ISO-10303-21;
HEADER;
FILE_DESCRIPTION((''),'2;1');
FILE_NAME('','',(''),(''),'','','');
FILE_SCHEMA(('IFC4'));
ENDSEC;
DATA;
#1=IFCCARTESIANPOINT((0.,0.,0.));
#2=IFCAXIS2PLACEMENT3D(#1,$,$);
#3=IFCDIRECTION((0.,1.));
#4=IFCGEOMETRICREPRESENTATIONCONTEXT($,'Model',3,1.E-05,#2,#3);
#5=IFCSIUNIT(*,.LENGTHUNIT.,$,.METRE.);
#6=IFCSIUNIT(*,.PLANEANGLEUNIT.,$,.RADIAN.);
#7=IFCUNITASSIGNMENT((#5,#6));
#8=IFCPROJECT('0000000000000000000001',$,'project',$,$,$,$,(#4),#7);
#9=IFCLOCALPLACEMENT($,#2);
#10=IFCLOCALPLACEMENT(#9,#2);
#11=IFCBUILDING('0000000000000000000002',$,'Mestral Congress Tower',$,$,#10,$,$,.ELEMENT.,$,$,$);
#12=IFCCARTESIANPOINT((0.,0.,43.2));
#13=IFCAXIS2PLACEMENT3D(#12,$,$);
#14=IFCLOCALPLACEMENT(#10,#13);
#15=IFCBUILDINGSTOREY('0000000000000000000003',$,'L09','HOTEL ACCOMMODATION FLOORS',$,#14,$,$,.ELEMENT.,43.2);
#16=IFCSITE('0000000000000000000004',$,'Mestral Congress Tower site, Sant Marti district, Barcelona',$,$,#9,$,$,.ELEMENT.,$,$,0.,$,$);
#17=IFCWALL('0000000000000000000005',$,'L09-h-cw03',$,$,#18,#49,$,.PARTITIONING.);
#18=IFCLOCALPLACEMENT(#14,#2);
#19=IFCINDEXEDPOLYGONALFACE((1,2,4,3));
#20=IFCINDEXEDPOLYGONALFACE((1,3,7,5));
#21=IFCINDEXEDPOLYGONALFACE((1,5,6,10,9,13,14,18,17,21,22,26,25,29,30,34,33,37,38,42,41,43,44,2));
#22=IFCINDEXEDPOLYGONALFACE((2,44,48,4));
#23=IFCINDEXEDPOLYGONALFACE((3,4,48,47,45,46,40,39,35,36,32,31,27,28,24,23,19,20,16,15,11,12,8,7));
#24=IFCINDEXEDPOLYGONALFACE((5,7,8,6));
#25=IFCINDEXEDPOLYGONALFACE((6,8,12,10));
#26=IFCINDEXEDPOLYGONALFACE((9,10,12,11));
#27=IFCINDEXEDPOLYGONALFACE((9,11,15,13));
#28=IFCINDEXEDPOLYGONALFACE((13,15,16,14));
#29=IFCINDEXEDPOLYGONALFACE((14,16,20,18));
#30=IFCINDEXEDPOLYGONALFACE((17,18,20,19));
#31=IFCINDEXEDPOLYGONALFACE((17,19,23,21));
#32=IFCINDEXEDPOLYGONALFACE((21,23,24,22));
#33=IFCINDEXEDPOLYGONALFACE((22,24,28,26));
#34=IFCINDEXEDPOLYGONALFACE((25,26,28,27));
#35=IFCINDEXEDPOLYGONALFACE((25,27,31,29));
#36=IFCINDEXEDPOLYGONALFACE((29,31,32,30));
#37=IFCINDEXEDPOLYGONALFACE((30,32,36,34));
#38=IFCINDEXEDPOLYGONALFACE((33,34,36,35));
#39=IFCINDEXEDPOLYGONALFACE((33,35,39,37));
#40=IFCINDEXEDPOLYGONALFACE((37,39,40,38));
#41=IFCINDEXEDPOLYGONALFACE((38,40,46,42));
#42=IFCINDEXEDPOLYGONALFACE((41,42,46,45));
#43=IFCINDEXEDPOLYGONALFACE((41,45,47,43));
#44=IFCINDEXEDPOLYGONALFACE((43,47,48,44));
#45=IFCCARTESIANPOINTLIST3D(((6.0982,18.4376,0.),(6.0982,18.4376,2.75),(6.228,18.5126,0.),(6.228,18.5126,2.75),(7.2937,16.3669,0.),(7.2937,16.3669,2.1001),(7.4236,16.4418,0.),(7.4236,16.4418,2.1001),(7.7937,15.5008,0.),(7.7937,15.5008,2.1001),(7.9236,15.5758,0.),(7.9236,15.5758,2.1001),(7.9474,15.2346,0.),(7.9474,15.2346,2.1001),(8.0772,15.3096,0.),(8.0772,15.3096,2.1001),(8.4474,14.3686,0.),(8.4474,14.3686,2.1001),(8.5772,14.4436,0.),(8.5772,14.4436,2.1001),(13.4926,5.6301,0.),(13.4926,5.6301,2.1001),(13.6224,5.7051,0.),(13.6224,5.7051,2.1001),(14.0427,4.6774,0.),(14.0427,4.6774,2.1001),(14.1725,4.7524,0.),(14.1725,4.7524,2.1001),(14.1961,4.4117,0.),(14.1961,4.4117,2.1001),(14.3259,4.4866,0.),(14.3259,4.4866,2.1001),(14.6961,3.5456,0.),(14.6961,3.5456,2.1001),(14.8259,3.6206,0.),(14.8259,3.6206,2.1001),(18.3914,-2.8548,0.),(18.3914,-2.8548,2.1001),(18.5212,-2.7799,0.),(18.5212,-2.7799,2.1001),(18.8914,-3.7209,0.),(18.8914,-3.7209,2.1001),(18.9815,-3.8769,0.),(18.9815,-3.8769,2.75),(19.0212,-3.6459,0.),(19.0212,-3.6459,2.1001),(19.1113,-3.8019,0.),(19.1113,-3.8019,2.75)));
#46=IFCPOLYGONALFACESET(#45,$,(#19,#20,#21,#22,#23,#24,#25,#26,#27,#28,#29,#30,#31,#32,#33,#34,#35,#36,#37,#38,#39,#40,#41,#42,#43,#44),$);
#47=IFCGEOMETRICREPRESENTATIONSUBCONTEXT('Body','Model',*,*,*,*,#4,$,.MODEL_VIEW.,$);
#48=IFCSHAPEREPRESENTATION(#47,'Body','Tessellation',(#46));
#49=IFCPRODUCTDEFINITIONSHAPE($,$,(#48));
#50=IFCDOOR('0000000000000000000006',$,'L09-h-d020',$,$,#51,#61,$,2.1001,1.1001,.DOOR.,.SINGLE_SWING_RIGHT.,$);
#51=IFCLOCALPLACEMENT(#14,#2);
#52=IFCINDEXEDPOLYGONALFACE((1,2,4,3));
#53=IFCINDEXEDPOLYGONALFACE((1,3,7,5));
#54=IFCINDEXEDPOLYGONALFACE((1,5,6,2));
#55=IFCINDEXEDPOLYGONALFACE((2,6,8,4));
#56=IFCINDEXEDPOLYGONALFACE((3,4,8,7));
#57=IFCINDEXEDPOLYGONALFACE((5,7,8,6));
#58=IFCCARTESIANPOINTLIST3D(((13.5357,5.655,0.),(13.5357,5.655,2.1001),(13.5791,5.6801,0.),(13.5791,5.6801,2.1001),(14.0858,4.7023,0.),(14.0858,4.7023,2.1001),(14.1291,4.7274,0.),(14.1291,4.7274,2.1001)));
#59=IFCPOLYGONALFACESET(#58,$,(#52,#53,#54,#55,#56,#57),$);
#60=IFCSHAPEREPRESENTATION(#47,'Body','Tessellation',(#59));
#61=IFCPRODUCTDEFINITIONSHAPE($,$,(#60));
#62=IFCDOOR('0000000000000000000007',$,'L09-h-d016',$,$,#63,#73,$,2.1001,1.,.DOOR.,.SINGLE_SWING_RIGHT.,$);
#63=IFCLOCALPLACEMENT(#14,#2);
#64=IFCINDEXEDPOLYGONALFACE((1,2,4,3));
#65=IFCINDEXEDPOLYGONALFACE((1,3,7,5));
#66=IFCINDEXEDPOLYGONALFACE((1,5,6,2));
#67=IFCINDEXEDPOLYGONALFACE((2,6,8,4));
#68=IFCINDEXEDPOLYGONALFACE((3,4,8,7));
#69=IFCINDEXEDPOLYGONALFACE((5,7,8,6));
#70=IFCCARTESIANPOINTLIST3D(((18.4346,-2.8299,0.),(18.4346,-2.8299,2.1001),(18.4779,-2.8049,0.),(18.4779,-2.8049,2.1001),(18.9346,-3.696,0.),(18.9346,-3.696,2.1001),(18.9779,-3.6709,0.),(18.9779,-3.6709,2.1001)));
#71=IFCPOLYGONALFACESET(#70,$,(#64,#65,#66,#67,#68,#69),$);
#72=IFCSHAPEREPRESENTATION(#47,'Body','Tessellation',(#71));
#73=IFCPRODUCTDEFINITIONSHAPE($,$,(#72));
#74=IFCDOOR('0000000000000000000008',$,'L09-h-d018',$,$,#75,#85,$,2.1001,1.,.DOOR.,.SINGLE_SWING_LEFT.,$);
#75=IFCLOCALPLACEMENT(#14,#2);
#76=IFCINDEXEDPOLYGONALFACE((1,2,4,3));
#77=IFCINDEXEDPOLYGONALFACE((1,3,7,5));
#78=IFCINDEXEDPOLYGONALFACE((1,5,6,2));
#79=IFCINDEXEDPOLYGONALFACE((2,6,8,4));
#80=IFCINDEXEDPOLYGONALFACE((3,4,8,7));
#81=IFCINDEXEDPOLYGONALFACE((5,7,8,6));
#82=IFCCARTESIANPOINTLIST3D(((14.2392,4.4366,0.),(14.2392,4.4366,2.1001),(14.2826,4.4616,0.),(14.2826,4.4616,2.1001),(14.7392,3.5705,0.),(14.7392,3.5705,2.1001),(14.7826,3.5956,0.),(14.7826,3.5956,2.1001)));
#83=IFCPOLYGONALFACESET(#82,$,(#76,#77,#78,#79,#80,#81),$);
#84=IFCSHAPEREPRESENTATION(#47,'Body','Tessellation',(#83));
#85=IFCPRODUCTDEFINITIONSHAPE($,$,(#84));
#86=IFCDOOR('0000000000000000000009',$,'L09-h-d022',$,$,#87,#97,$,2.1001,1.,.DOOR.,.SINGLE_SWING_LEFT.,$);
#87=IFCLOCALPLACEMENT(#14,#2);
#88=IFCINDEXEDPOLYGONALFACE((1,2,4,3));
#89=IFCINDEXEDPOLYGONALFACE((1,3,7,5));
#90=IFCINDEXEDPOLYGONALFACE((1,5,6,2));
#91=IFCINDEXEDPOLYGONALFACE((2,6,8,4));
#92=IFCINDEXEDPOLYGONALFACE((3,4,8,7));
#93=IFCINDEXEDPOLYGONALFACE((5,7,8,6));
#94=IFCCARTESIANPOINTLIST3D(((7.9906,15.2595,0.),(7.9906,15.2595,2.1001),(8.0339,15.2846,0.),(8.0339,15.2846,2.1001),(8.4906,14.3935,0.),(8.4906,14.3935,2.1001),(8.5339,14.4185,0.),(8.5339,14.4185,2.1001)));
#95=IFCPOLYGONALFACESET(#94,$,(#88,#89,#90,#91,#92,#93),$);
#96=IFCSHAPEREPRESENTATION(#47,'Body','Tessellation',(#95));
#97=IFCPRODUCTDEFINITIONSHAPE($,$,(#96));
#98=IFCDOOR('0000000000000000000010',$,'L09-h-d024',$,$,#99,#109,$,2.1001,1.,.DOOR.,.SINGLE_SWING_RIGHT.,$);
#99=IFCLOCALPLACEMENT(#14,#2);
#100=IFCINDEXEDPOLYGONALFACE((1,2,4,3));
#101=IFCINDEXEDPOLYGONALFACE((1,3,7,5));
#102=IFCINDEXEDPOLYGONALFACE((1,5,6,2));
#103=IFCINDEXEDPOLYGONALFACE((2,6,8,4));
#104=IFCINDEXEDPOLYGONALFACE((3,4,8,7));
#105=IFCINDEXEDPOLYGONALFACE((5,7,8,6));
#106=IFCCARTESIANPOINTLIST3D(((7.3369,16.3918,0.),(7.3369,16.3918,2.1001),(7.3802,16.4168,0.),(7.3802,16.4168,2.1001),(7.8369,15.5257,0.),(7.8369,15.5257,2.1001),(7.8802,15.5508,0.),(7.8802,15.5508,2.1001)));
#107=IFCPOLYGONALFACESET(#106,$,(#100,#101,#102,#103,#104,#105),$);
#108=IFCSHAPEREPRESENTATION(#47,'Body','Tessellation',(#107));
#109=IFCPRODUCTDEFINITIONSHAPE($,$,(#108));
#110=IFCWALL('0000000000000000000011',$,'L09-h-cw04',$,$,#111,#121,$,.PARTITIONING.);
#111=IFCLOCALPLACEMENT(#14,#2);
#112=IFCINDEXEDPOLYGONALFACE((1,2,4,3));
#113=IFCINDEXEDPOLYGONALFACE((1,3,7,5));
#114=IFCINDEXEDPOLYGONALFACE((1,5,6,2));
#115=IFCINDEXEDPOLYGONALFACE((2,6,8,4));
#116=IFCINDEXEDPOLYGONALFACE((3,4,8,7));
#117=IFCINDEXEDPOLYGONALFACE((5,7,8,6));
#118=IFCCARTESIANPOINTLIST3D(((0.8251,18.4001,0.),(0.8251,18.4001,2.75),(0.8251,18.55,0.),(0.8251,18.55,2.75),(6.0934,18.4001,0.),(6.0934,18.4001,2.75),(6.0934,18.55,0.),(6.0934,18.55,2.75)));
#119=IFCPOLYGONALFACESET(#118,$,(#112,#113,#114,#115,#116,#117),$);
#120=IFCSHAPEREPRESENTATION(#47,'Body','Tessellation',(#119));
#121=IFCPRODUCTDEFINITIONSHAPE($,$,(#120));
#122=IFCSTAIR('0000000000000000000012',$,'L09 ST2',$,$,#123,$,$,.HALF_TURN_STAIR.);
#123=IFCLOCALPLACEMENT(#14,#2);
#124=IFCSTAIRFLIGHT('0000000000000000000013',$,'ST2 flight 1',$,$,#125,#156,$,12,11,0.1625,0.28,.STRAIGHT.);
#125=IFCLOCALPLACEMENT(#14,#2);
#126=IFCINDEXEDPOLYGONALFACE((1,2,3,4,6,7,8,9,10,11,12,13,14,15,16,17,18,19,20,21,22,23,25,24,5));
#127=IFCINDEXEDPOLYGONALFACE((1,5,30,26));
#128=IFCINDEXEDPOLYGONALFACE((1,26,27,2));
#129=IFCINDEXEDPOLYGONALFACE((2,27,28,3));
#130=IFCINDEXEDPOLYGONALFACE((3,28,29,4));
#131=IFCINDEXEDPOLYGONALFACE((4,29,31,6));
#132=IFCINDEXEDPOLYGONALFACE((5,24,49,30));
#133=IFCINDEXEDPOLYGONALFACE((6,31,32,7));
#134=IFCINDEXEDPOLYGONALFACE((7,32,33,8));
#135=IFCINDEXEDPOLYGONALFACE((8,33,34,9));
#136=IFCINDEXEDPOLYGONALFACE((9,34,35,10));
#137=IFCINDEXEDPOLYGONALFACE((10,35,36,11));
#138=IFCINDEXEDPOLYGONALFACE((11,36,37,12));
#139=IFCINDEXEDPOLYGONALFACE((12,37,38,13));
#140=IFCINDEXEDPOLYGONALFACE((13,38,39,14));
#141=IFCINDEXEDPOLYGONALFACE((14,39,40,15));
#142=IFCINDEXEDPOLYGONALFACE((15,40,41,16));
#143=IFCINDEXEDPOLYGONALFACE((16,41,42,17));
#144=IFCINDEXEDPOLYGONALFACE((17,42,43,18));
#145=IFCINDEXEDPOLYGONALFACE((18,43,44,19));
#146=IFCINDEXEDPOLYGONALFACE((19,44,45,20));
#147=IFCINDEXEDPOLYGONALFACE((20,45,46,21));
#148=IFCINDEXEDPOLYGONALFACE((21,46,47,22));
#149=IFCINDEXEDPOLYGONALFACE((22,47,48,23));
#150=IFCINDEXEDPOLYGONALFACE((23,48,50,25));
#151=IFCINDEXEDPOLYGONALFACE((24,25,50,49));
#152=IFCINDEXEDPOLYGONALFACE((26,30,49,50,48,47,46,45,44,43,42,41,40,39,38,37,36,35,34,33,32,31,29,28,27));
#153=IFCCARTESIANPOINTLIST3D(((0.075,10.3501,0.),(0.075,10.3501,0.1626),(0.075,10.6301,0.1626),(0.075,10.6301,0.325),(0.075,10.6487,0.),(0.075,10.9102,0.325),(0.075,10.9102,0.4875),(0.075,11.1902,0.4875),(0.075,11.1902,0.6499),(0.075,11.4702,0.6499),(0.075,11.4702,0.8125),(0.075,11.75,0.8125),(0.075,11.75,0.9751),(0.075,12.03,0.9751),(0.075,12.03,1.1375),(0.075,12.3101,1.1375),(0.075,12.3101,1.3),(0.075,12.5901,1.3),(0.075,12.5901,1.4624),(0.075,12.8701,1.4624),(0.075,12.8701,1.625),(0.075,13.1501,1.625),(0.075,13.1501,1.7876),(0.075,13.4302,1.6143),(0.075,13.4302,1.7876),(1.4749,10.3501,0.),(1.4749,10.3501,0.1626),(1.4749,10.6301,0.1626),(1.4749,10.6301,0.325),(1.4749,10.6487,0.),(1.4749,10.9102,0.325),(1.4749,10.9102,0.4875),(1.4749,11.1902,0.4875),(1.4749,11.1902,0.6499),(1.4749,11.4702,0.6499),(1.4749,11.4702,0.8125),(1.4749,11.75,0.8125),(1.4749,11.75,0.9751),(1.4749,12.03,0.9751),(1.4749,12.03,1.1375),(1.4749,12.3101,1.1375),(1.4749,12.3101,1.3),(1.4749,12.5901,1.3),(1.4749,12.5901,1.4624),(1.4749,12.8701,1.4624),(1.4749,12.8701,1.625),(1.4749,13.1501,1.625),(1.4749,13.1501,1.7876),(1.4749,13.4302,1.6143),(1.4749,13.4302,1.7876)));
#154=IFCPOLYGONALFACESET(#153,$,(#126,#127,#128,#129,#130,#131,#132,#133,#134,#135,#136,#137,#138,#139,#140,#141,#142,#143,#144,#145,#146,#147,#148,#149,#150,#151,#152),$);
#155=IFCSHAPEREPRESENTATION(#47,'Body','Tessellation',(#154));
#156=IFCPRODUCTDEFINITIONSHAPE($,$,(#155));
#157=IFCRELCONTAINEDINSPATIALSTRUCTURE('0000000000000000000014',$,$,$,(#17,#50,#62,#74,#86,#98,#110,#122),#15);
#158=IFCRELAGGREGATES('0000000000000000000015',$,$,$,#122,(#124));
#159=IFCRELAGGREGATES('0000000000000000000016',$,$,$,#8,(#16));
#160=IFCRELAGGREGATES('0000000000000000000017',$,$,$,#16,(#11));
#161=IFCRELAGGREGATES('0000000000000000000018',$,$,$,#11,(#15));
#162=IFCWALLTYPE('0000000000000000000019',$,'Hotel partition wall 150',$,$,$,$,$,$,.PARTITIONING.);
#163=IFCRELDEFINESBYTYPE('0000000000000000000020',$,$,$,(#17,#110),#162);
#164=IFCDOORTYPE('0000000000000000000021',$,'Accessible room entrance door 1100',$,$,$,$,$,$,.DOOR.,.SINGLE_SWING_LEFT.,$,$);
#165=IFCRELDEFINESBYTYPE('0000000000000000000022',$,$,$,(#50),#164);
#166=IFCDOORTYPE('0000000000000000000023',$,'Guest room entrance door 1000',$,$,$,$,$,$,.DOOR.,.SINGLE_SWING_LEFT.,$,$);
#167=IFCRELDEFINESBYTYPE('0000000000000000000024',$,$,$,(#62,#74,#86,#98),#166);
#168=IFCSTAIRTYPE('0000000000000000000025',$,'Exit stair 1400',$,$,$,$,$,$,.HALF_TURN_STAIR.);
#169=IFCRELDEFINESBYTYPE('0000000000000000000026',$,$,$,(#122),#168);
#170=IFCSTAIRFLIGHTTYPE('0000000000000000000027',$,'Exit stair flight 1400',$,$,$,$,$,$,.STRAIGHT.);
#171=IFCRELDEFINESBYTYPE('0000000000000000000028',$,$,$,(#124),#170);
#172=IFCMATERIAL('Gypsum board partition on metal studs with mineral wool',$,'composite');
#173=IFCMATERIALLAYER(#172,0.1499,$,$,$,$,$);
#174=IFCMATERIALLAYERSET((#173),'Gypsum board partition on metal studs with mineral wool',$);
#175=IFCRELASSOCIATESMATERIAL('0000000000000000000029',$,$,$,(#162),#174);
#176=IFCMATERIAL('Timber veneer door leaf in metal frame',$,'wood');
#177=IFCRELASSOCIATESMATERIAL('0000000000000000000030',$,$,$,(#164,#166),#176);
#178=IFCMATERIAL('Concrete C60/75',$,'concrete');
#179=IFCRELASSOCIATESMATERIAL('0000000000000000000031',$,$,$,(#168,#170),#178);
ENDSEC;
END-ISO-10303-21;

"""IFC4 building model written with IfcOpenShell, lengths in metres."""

from ifc_helpers import new_model, si_unit, direction, frame, frame_2d, origin, place, context, subcontext, project, spatial, polyline, rectangle, outline, extrude, material, layer, layer_set, type_object, element, fill, aggregate, save


model = new_model("IFC4")

# Units and contexts
model_context = context("Model", 3, precision=1e-05, world=origin(), true_north=direction((0.0, 1.0)))
body_context = subcontext(model_context, "Body", "Model", "MODEL_VIEW")
ifc_project = project(units=[si_unit("LENGTHUNIT", "METRE"), si_unit("PLANEANGLEUNIT", "RADIAN")], contexts=[model_context])

# Site, building, storey
site_placement = place(None, origin())
site = spatial("IfcSite", under=ifc_project, at=site_placement, Name="Mestral Congress Tower site, Sant Marti district, Barcelona", CompositionType="ELEMENT", RefElevation=0.0)
building_placement = place(site_placement, origin())
building = spatial("IfcBuilding", under=site, at=building_placement, Name="Mestral Congress Tower", CompositionType="ELEMENT")
storey_placement = place(building_placement, frame((0.0, 0.0, 43.2)))
storey = spatial("IfcBuildingStorey", under=building, at=storey_placement, Name="L09", Description="HOTEL ACCOMMODATION FLOORS", CompositionType="ELEMENT", Elevation=43.2)

# Shared definitions
ifc_material_1 = material(Name="Concrete C60/75", Category="concrete")

# Shared definitions
ifc_material_2 = material(Name="Gypsum board partition on metal studs with mineral wool", Category="composite")

# Wall, openings, doors
ifc_layer_1 = layer(ifc_material_2, 0.1499)
ifc_layer_set_1 = layer_set([ifc_layer_1], Name="Gypsum board partition on metal studs with mineral wool")
wall_type_1 = type_object("IfcWallType", Name="Hotel partition wall 150", PredefinedType="PARTITIONING", material=ifc_layer_set_1)
wall_1_placement = place(storey_placement, frame((6.1631, 18.4751, 0.0), z_axis=(0.0, 0.0, 1.0), x_axis=(0.500001, -0.866025, 0.0)))
wall_1 = element("IfcWall", 1, at=wall_1_placement, inside=storey, type_object=wall_type_1, Name="L09-h-cw03", PredefinedType="PARTITIONING", context=body_context, shape_type="SweptSolid", body=[
    extrude(rectangle(XDim=25.7666, YDim=0.1499, at=frame_2d((12.8833, 0.0))), origin(), (0.0, 0.0, 1.0), 2.75),
])
opening_1_placement = place(wall_1_placement, frame((24.5864, 0.0, 0.0)))
opening_1 = element("IfcOpeningElement", 2, at=opening_1_placement, cuts=wall_1, PredefinedType="OPENING", context=body_context, shape_type="SweptSolid", body=[
    extrude(rectangle(XDim=1.0, YDim=2.1001, at=frame_2d((0.5, 1.05))), frame((0.0, 0.085, 0.0), z_axis=(0.0, -1.0, 0.0), x_axis=(1.0, 0.0, 0.0)), (0.0, 0.0, 1.0), 0.1699),
])
opening_2_placement = place(wall_1_placement, frame((16.1958, 0.0, 0.0)))
opening_2 = element("IfcOpeningElement", 3, at=opening_2_placement, cuts=wall_1, PredefinedType="OPENING", context=body_context, shape_type="SweptSolid", body=[
    extrude(rectangle(XDim=1.0, YDim=2.1001, at=frame_2d((0.5, 1.05))), frame((0.0, 0.085, 0.0), z_axis=(0.0, -1.0, 0.0), x_axis=(1.0, 0.0, 0.0)), (0.0, 0.0, 1.0), 0.1699),
])
opening_3_placement = place(wall_1_placement, frame((14.7888, 0.0, 0.0)))
opening_3 = element("IfcOpeningElement", 4, at=opening_3_placement, cuts=wall_1, PredefinedType="OPENING", context=body_context, shape_type="SweptSolid", body=[
    extrude(rectangle(XDim=1.1001, YDim=2.1001, at=frame_2d((0.55, 1.05))), frame((0.0, 0.085, 0.0), z_axis=(0.0, -1.0, 0.0), x_axis=(1.0, 0.0, 0.0)), (0.0, 0.0, 1.0), 0.1699),
])
opening_4_placement = place(wall_1_placement, frame((3.6985, 0.0, 0.0)))
opening_4 = element("IfcOpeningElement", 5, at=opening_4_placement, cuts=wall_1, PredefinedType="OPENING", context=body_context, shape_type="SweptSolid", body=[
    extrude(rectangle(XDim=1.0, YDim=2.1001, at=frame_2d((0.5, 1.05))), frame((0.0, 0.085, 0.0), z_axis=(0.0, -1.0, 0.0), x_axis=(1.0, 0.0, 0.0)), (0.0, 0.0, 1.0), 0.1699),
])
opening_5_placement = place(wall_1_placement, frame((2.3911, 0.0, 0.0)))
opening_5 = element("IfcOpeningElement", 6, at=opening_5_placement, cuts=wall_1, PredefinedType="OPENING", context=body_context, shape_type="SweptSolid", body=[
    extrude(rectangle(XDim=1.0, YDim=2.1001, at=frame_2d((0.5, 1.05))), frame((0.0, 0.085, 0.0), z_axis=(0.0, -1.0, 0.0), x_axis=(1.0, 0.0, 0.0)), (0.0, 0.0, 1.0), 0.1699),
])
ifc_material_3 = material(Name="Timber veneer door leaf in metal frame", Category="wood")
door_type_1 = type_object("IfcDoorType", Name="Accessible room entrance door 1100", OperationType="SINGLE_SWING_LEFT", PredefinedType="DOOR", material=ifc_material_3)
door_1_placement = place(opening_3_placement, origin())
door_1 = element("IfcDoor", 7, at=door_1_placement, inside=storey, type_object=door_type_1, Name="L09-h-d020", OperationType="SINGLE_SWING_RIGHT", OverallHeight=2.1001, OverallWidth=1.1001, PredefinedType="DOOR", context=body_context, shape_type="SweptSolid", body=[
    extrude(rectangle(XDim=1.1001, YDim=2.1001, at=frame_2d((0.55, 1.05))), frame((0.0, 0.0249, 0.0), z_axis=(0.0, -1.0, 0.0), x_axis=(1.0, 0.0, 0.0)), (0.0, 0.0, 1.0), 0.05),
])
fill(opening_3, door_1)
door_type_2 = type_object("IfcDoorType", Name="Guest room entrance door 1000", OperationType="SINGLE_SWING_LEFT", PredefinedType="DOOR", material=ifc_material_3)
door_2_placement = place(opening_1_placement, origin())
door_2 = element("IfcDoor", 8, at=door_2_placement, inside=storey, type_object=door_type_2, Name="L09-h-d016", OperationType="SINGLE_SWING_RIGHT", OverallHeight=2.1001, OverallWidth=1.0, PredefinedType="DOOR", context=body_context, shape_type="SweptSolid", body=[
    extrude(rectangle(XDim=1.0, YDim=2.1001, at=frame_2d((0.5, 1.05))), frame((0.0, 0.0249, 0.0), z_axis=(0.0, -1.0, 0.0), x_axis=(1.0, 0.0, 0.0)), (0.0, 0.0, 1.0), 0.05),
])
fill(opening_1, door_2)
door_3_placement = place(opening_2_placement, origin())
door_3 = element("IfcDoor", 9, at=door_3_placement, inside=storey, type_object=door_type_2, Name="L09-h-d018", OperationType="SINGLE_SWING_LEFT", OverallHeight=2.1001, OverallWidth=1.0, PredefinedType="DOOR", context=body_context, shape_type="SweptSolid", body=[
    extrude(rectangle(XDim=1.0, YDim=2.1001, at=frame_2d((0.5, 1.05))), frame((0.0, 0.0249, 0.0), z_axis=(0.0, -1.0, 0.0), x_axis=(1.0, 0.0, 0.0)), (0.0, 0.0, 1.0), 0.05),
])
fill(opening_2, door_3)
door_4_placement = place(opening_4_placement, origin())
door_4 = element("IfcDoor", 10, at=door_4_placement, inside=storey, type_object=door_type_2, Name="L09-h-d022", OperationType="SINGLE_SWING_LEFT", OverallHeight=2.1001, OverallWidth=1.0, PredefinedType="DOOR", context=body_context, shape_type="SweptSolid", body=[
    extrude(rectangle(XDim=1.0, YDim=2.1001, at=frame_2d((0.5, 1.05))), frame((0.0, 0.0249, 0.0), z_axis=(0.0, -1.0, 0.0), x_axis=(1.0, 0.0, 0.0)), (0.0, 0.0, 1.0), 0.05),
])
fill(opening_4, door_4)
door_5_placement = place(opening_5_placement, origin())
door_5 = element("IfcDoor", 11, at=door_5_placement, inside=storey, type_object=door_type_2, Name="L09-h-d024", OperationType="SINGLE_SWING_RIGHT", OverallHeight=2.1001, OverallWidth=1.0, PredefinedType="DOOR", context=body_context, shape_type="SweptSolid", body=[
    extrude(rectangle(XDim=1.0, YDim=2.1001, at=frame_2d((0.5, 1.05))), frame((0.0, 0.0249, 0.0), z_axis=(0.0, -1.0, 0.0), x_axis=(1.0, 0.0, 0.0)), (0.0, 0.0, 1.0), 0.05),
])
fill(opening_5, door_5)

# Wall
wall_2_placement = place(storey_placement, frame((0.825, 18.4751, 0.0), z_axis=(0.0, 0.0, 1.0), x_axis=(1.0, 0.0, 0.0)))
element("IfcWall", 12, at=wall_2_placement, inside=storey, type_object=wall_type_1, Name="L09-h-cw04", PredefinedType="PARTITIONING", context=body_context, shape_type="SweptSolid", body=[
    extrude(rectangle(XDim=5.2683, YDim=0.1499, at=frame_2d((2.6343, 0.0))), origin(), (0.0, 0.0, 1.0), 2.75),
])

# Stair, stair flight
stair_type = type_object("IfcStairType", Name="Exit stair 1400", PredefinedType="HALF_TURN_STAIR", material=ifc_material_1)
stair_placement = place(storey_placement, origin())
stair = element("IfcStair", 13, at=stair_placement, inside=storey, type_object=stair_type, Name="L09 ST2", PredefinedType="HALF_TURN_STAIR")
stair_flight_type = type_object("IfcStairFlightType", Name="Exit stair flight 1400", PredefinedType="STRAIGHT", material=ifc_material_1)
stair_flight_placement = place(storey_placement, frame((0.7749, 10.3501, 0.0), z_axis=(0.0, 0.0, 1.0), x_axis=(0.0, 1.0, 0.0)))
stair_flight = element("IfcStairFlight", 14, at=stair_flight_placement, type_object=stair_flight_type, Name="ST2 flight 1", NumberOfRisers=12, NumberOfTreads=11, PredefinedType="STRAIGHT", RiserHeight=0.1625, TreadLength=0.28, context=body_context, shape_type="SweptSolid", body=[
    extrude(outline(polyline([(0.0, 0.0), (0.0, 0.1626), (0.28, 0.1626), (0.28, 0.325), (0.5601, 0.325), (0.5601, 0.4875), (0.8401, 0.4875), (0.8401, 0.6499), (1.1201, 0.6499), (1.1201, 0.8125), (1.3999, 0.8125), (1.3999, 0.9751), (1.6799, 0.9751), (1.6799, 1.1375), (1.96, 1.1375), (1.96, 1.3), (2.24, 1.3), (2.24, 1.4624), (2.52, 1.4624), (2.52, 1.625), (2.8, 1.625), (2.8, 1.7876), (3.0801, 1.7876), (3.0801, 1.95), (3.0801, 1.6143), (0.2986, 0.0), (0.0, 0.0)])), frame((0.0, 0.7, 0.0), z_axis=(0.0, -1.0, 0.0), x_axis=(1.0, 0.0, 0.0)), (0.0, 0.0, 1.0), 1.3999),
])
aggregate(stair, [stair_flight])

save(model, "model.ifc")
